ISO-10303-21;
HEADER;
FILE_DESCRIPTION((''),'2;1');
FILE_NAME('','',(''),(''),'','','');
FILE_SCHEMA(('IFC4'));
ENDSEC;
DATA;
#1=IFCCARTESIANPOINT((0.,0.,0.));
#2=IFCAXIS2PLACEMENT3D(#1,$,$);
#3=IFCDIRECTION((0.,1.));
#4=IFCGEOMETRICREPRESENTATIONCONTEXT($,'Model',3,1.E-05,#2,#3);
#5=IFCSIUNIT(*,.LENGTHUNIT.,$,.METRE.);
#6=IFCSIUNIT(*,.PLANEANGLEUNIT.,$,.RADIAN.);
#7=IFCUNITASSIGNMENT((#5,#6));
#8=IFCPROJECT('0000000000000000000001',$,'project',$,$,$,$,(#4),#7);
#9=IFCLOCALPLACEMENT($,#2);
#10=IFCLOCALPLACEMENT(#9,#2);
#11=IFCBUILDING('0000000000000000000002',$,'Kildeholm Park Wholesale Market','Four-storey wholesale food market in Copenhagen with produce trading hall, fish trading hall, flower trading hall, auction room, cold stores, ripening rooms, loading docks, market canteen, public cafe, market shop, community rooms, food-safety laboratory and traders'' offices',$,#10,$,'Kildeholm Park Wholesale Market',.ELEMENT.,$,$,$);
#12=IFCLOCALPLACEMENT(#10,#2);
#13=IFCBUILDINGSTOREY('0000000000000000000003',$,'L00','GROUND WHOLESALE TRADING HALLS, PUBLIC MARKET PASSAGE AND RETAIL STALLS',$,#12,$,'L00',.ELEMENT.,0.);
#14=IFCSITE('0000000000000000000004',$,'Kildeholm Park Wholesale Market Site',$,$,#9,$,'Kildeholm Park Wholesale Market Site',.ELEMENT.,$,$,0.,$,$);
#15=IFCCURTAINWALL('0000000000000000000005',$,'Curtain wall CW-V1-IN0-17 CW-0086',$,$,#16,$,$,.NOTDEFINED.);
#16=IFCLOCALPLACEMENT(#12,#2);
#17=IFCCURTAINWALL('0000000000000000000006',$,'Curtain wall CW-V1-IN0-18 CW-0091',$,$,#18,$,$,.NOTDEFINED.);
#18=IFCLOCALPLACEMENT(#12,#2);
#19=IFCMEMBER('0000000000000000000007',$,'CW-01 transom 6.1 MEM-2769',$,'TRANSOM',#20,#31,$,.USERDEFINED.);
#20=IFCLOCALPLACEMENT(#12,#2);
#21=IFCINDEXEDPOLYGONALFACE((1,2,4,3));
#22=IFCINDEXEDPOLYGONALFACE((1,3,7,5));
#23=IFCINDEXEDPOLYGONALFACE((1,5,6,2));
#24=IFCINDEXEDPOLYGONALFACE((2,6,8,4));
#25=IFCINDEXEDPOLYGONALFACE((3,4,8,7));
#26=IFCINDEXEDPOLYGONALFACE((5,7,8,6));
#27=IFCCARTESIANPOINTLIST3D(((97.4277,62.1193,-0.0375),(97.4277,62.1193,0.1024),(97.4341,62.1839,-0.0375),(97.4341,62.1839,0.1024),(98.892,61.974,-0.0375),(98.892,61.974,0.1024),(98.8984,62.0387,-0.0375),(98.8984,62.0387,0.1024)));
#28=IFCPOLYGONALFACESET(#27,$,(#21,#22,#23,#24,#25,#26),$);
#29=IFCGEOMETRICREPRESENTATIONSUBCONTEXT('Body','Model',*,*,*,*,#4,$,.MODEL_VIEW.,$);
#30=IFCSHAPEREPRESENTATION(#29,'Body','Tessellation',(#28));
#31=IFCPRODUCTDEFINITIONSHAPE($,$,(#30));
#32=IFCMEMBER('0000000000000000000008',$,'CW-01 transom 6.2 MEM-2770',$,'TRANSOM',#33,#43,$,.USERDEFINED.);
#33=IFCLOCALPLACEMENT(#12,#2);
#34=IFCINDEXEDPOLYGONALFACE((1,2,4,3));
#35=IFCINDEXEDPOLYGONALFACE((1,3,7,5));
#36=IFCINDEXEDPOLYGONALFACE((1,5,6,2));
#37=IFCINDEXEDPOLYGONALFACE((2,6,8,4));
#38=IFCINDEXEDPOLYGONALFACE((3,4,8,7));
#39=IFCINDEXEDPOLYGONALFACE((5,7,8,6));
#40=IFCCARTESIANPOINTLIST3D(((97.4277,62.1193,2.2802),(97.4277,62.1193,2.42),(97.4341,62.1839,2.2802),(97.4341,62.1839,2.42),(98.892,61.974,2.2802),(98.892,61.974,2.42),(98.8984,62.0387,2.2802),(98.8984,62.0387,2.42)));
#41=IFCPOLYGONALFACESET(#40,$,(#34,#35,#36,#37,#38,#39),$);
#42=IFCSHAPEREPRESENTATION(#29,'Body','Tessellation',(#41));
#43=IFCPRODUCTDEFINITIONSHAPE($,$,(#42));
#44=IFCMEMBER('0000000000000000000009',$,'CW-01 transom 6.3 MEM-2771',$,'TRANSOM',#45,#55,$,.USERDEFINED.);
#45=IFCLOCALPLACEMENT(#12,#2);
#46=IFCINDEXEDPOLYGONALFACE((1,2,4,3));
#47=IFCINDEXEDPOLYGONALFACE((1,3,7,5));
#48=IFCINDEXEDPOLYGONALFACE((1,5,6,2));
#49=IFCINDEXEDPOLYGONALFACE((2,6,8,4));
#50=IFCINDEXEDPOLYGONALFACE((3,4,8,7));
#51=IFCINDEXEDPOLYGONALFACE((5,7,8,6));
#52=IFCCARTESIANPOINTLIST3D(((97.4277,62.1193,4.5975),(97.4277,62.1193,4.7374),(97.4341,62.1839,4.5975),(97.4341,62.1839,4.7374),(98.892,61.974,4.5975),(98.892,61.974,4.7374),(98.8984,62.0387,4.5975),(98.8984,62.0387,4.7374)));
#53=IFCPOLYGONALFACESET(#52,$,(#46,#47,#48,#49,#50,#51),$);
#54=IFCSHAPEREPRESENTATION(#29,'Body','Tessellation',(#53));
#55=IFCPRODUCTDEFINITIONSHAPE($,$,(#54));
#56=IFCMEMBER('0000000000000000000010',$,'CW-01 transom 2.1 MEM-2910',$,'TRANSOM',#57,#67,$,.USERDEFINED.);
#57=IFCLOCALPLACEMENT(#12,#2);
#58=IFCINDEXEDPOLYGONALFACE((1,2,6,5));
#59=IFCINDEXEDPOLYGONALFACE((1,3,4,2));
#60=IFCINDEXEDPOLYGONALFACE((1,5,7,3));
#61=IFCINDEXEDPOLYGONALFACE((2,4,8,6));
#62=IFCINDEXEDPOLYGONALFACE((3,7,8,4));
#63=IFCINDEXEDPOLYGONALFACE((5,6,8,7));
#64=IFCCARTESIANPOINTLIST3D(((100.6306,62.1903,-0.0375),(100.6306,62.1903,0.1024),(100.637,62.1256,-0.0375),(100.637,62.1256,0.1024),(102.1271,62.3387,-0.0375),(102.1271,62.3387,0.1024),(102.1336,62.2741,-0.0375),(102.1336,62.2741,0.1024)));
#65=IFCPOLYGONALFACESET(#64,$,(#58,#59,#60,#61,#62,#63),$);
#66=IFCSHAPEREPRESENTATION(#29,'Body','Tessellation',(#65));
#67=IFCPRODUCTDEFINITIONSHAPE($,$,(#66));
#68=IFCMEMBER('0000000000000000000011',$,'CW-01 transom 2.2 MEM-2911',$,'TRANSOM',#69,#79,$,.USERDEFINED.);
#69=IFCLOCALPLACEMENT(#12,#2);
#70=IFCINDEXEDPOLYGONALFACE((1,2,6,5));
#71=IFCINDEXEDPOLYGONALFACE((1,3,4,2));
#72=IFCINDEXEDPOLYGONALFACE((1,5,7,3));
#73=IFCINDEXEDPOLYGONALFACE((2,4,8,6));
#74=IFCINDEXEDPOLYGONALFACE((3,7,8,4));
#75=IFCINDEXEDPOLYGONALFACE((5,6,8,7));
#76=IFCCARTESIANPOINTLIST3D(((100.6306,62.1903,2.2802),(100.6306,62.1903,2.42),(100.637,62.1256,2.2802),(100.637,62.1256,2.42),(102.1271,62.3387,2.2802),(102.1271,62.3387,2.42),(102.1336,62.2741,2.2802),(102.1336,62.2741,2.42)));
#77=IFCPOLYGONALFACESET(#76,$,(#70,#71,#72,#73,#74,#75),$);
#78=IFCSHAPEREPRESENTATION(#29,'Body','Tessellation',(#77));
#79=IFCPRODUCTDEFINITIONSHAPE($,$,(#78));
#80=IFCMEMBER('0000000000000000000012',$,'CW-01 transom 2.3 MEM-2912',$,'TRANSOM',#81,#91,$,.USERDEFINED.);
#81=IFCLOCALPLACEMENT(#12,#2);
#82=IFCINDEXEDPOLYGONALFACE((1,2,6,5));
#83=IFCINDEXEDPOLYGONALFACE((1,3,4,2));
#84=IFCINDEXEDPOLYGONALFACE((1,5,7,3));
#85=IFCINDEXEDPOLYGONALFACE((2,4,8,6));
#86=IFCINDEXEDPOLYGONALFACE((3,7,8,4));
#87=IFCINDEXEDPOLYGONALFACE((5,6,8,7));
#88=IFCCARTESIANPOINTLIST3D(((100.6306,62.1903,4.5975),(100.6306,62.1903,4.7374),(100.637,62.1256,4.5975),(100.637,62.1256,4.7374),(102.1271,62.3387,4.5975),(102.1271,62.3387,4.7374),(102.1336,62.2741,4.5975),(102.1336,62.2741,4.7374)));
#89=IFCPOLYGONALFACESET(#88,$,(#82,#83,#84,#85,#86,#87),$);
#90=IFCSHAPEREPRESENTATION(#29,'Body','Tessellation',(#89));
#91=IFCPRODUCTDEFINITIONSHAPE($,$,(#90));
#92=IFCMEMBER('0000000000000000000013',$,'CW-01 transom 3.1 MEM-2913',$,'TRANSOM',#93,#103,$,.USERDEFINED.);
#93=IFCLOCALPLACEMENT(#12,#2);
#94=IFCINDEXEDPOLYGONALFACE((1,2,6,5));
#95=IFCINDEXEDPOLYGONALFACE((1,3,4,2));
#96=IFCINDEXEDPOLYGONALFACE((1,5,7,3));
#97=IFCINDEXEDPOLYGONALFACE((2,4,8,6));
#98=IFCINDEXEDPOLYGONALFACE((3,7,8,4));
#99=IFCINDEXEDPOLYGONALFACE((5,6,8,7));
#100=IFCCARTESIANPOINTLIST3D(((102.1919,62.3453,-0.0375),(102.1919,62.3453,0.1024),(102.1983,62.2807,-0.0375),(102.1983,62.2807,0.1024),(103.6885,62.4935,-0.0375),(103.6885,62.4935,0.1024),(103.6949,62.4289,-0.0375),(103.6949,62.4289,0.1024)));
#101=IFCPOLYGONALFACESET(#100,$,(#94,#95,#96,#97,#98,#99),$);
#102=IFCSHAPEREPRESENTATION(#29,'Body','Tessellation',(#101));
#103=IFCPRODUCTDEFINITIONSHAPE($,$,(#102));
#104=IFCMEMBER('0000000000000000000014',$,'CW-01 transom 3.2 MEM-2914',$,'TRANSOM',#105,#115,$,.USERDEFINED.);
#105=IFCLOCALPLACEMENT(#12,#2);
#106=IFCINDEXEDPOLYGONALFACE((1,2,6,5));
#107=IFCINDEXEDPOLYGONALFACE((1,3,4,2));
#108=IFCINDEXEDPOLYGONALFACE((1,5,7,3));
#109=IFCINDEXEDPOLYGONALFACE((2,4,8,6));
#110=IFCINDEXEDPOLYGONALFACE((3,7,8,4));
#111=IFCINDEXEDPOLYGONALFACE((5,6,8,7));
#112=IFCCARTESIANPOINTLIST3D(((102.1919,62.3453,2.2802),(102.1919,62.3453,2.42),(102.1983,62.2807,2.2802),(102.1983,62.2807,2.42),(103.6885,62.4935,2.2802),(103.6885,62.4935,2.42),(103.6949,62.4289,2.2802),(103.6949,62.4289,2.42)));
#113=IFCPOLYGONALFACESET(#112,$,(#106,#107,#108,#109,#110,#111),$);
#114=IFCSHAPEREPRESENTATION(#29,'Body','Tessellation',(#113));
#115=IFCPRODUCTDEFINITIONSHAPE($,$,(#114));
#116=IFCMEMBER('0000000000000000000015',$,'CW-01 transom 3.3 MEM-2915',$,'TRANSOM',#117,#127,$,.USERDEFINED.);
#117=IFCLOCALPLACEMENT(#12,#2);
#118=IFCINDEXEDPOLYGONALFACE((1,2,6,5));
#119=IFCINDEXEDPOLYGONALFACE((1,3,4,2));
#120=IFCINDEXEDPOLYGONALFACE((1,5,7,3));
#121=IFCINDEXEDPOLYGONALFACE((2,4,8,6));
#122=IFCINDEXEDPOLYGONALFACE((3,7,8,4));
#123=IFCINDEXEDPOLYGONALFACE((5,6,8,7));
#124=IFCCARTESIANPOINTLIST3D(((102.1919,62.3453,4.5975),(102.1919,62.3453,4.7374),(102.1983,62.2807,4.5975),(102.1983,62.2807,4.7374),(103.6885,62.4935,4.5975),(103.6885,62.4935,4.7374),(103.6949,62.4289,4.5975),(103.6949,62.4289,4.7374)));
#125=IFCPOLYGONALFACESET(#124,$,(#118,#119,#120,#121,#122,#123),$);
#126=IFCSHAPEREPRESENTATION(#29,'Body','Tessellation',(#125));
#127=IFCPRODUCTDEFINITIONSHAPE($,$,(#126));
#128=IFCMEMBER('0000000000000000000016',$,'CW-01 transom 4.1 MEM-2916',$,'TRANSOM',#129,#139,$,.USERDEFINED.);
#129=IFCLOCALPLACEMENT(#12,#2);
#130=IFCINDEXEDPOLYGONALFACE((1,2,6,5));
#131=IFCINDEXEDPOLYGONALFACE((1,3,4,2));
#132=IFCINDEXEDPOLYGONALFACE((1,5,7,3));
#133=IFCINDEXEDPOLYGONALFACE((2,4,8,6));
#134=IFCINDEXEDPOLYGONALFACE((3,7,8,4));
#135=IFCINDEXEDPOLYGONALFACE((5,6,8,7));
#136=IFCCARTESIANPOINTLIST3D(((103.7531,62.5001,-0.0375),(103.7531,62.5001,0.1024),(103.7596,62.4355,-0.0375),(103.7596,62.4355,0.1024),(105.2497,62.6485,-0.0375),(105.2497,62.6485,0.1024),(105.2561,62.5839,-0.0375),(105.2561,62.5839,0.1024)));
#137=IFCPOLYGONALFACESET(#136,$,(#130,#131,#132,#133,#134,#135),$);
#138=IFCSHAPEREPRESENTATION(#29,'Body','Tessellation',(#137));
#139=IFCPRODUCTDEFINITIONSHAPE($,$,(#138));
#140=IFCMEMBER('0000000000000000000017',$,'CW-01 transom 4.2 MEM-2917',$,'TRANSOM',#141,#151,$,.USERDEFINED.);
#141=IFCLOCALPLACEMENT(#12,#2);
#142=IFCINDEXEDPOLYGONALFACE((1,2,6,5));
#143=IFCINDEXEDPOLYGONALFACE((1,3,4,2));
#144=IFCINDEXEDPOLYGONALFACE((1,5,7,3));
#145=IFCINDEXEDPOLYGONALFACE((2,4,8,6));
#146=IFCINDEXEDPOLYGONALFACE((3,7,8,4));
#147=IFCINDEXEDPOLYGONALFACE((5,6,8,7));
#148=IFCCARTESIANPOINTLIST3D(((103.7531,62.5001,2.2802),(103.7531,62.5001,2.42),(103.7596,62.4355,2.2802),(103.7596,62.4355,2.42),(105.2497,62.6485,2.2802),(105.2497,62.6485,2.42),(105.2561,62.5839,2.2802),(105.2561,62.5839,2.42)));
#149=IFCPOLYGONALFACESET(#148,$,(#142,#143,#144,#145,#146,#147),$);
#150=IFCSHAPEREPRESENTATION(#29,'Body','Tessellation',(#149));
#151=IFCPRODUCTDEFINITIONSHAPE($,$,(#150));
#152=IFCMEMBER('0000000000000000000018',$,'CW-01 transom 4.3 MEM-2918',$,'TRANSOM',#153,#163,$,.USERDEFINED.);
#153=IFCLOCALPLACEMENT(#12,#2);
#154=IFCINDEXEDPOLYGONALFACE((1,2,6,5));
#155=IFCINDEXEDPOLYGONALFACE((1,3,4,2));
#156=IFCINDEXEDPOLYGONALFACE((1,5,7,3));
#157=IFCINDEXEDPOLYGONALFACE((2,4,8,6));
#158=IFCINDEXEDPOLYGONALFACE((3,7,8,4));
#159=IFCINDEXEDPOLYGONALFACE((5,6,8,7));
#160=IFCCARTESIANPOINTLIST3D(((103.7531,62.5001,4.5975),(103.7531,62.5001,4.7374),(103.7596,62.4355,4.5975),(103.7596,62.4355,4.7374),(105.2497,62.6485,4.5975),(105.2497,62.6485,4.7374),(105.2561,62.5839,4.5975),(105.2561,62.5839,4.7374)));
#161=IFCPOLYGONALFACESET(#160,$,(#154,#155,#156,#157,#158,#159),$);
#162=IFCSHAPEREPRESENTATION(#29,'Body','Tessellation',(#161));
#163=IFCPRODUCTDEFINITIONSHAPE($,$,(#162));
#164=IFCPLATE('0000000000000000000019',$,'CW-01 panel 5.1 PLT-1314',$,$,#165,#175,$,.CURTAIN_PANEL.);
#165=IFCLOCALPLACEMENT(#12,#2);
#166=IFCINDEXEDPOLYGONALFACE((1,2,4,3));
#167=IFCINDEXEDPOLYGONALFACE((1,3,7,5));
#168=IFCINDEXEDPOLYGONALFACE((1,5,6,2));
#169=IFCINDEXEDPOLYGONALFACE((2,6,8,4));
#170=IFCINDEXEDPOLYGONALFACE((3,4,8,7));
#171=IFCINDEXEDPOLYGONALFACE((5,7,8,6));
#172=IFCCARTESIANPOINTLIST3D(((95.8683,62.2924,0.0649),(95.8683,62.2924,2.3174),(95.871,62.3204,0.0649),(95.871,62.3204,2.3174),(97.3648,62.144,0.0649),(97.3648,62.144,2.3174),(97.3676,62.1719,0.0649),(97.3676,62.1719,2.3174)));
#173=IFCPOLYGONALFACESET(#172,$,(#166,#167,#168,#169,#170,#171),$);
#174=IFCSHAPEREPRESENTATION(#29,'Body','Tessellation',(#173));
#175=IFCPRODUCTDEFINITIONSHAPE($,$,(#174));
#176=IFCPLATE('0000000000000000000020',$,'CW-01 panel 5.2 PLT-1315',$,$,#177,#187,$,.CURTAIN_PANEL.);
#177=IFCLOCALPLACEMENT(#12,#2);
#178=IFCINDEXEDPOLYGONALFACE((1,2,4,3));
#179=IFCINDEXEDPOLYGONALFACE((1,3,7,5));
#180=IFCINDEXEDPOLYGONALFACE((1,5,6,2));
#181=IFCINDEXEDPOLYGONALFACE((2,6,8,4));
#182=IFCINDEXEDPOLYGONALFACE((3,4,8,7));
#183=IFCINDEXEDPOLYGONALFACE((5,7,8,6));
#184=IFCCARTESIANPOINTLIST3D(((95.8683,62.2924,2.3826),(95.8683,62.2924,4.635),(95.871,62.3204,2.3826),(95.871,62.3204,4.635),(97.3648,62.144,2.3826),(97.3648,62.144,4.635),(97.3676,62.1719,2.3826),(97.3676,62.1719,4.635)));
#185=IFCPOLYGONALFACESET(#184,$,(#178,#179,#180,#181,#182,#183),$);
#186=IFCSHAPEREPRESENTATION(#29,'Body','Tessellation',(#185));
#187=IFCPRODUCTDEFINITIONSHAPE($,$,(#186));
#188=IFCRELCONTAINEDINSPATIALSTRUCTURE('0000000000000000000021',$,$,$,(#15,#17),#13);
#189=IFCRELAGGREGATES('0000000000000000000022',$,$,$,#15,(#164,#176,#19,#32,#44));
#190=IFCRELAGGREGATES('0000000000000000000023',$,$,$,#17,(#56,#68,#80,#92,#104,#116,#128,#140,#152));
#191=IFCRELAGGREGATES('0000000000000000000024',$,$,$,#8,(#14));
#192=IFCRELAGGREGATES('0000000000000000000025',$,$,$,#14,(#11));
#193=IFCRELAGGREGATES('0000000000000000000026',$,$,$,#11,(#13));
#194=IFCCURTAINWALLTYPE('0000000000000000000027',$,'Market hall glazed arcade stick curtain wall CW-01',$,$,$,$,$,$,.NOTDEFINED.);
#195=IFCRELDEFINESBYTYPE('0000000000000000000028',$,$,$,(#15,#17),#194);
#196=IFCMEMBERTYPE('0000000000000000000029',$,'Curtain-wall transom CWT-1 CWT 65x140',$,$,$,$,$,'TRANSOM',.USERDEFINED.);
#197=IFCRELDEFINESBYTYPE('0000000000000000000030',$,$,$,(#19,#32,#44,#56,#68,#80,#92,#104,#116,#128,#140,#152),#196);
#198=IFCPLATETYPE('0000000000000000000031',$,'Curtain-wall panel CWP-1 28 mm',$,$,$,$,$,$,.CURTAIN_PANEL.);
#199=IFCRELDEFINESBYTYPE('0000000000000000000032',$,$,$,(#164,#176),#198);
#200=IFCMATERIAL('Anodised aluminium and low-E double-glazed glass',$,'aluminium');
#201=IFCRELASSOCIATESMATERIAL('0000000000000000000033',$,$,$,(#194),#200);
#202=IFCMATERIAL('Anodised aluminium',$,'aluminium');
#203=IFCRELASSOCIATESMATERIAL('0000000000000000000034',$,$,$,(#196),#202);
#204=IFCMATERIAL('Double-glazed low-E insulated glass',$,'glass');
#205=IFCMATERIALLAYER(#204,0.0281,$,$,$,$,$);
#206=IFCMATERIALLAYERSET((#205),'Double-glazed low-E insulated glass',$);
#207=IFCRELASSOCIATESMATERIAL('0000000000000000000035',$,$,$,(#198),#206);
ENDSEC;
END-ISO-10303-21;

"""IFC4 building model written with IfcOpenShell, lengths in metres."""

from ifc_helpers import new_model, si_unit, direction, frame, origin, origin_2d, place, context, subcontext, project, spatial, rectangle, extrude, material, layer, layer_set, material_profile, profile_set, type_object, element, aggregate, save


model = new_model("IFC4")

# Units and contexts
model_context = context("Model", 3, precision=1e-05, world=origin(), true_north=direction((0.0, 1.0)))
body_context = subcontext(model_context, "Body", "Model", "MODEL_VIEW")
ifc_project = project(units=[si_unit("LENGTHUNIT", "METRE"), si_unit("PLANEANGLEUNIT", "RADIAN")], contexts=[model_context])

# Site, building, storey
site_placement = place(None, origin())
site = spatial("IfcSite", under=ifc_project, at=site_placement, Name="Kildeholm Park Wholesale Market Site", LongName="Kildeholm Park Wholesale Market Site", CompositionType="ELEMENT", RefElevation=0.0)
building_placement = place(site_placement, origin())
building = spatial("IfcBuilding", under=site, at=building_placement, Name="Kildeholm Park Wholesale Market", Description="Four-storey wholesale food market in Copenhagen with produce trading hall, fish trading hall, flower trading hall, auction room, cold stores, ripening rooms, loading docks, market canteen, public cafe, market shop, community rooms, food-safety laboratory and traders' offices", LongName="Kildeholm Park Wholesale Market", CompositionType="ELEMENT")
storey_placement = place(building_placement, origin())
storey = spatial("IfcBuildingStorey", under=building, at=storey_placement, Name="L00", Description="GROUND WHOLESALE TRADING HALLS, PUBLIC MARKET PASSAGE AND RETAIL STALLS", LongName="L00", CompositionType="ELEMENT", Elevation=0.0)

# Curtain walls
ifc_material_1 = material(Name="Anodised aluminium and low-E double-glazed glass", Category="aluminium")
curtain_wall_type = type_object("IfcCurtainWallType", Name="Market hall glazed arcade stick curtain wall CW-01", PredefinedType="NOTDEFINED", material=ifc_material_1)
curtain_wall_1_placement = place(storey_placement, origin())
curtain_wall_1 = element("IfcCurtainWall", 1, at=curtain_wall_1_placement, inside=storey, type_object=curtain_wall_type, Name="Curtain wall CW-V1-IN0-17 CW-0086", PredefinedType="NOTDEFINED")
ifc_material_2 = material(Name="Anodised aluminium", Category="aluminium")
curtain_wall_2_placement = place(storey_placement, origin())
curtain_wall_2 = element("IfcCurtainWall", 2, at=curtain_wall_2_placement, inside=storey, type_object=curtain_wall_type, Name="Curtain wall CW-V1-IN0-18 CW-0091", PredefinedType="NOTDEFINED")

# Members
ifc_material_profile_1 = material_profile(ifc_material_2, rectangle(XDim=0.0649, YDim=0.1399, at=origin_2d()), Name="CWT 65x140")
ifc_profile_set_1 = profile_set([ifc_material_profile_1], Name="Anodised aluminium")
member_type_1 = type_object("IfcMemberType", Name="Curtain-wall transom CWT-1 CWT 65x140", ElementType="TRANSOM", PredefinedType="USERDEFINED", material=ifc_profile_set_1)
member_1_placement = place(storey_placement, frame((97.4309, 62.1516, 0.0325), z_axis=(0.995116, -0.098715, 0.0), x_axis=(0.098715, 0.995116, 0.0)))
member_1 = element("IfcMember", 3, at=member_1_placement, type_object=member_type_1, Name="CW-01 transom 6.1 MEM-2769", ObjectType="TRANSOM", PredefinedType="USERDEFINED", context=body_context, shape_type="SweptSolid", body=[
    extrude(rectangle(XDim=0.0649, YDim=0.1399, at=origin_2d()), origin(), (0.0, 0.0, 1.0), 1.4714),
])
member_2_placement = place(storey_placement, frame((97.4309, 62.1516, 2.3501), z_axis=(0.995116, -0.098715, 0.0), x_axis=(0.098715, 0.995116, 0.0)))
member_2 = element("IfcMember", 4, at=member_2_placement, type_object=member_type_1, Name="CW-01 transom 6.2 MEM-2770", ObjectType="TRANSOM", PredefinedType="USERDEFINED", context=body_context, shape_type="SweptSolid", body=[
    extrude(rectangle(XDim=0.0649, YDim=0.1399, at=origin_2d()), origin(), (0.0, 0.0, 1.0), 1.4714),
])
member_3_placement = place(storey_placement, frame((97.4309, 62.1516, 4.6675), z_axis=(0.995116, -0.098715, 0.0), x_axis=(0.098715, 0.995116, 0.0)))
member_3 = element("IfcMember", 5, at=member_3_placement, type_object=member_type_1, Name="CW-01 transom 6.3 MEM-2771", ObjectType="TRANSOM", PredefinedType="USERDEFINED", context=body_context, shape_type="SweptSolid", body=[
    extrude(rectangle(XDim=0.0649, YDim=0.1399, at=origin_2d()), origin(), (0.0, 0.0, 1.0), 1.4714),
])
member_4_placement = place(storey_placement, frame((100.6338, 62.158, 0.0325), z_axis=(0.995117, 0.0987, 0.0), x_axis=(-0.0987, 0.995117, 0.0)))
member_4 = element("IfcMember", 6, at=member_4_placement, type_object=member_type_1, Name="CW-01 transom 2.1 MEM-2910", ObjectType="TRANSOM", PredefinedType="USERDEFINED", context=body_context, shape_type="SweptSolid", body=[
    extrude(rectangle(XDim=0.0649, YDim=0.1399, at=origin_2d()), origin(), (0.0, 0.0, 1.0), 1.5039),
])
member_5_placement = place(storey_placement, frame((100.6338, 62.158, 2.3501), z_axis=(0.995117, 0.0987, 0.0), x_axis=(-0.0987, 0.995117, 0.0)))
member_5 = element("IfcMember", 7, at=member_5_placement, type_object=member_type_1, Name="CW-01 transom 2.2 MEM-2911", ObjectType="TRANSOM", PredefinedType="USERDEFINED", context=body_context, shape_type="SweptSolid", body=[
    extrude(rectangle(XDim=0.0649, YDim=0.1399, at=origin_2d()), origin(), (0.0, 0.0, 1.0), 1.5039),
])
member_6_placement = place(storey_placement, frame((100.6338, 62.158, 4.6675), z_axis=(0.995117, 0.0987, 0.0), x_axis=(-0.0987, 0.995117, 0.0)))
member_6 = element("IfcMember", 8, at=member_6_placement, type_object=member_type_1, Name="CW-01 transom 2.3 MEM-2912", ObjectType="TRANSOM", PredefinedType="USERDEFINED", context=body_context, shape_type="SweptSolid", body=[
    extrude(rectangle(XDim=0.0649, YDim=0.1399, at=origin_2d()), origin(), (0.0, 0.0, 1.0), 1.5039),
])
member_7_placement = place(storey_placement, frame((102.1951, 62.313, 0.0325), z_axis=(0.995133, 0.098539, 0.0), x_axis=(-0.098539, 0.995133, 0.0)))
member_7 = element("IfcMember", 9, at=member_7_placement, type_object=member_type_1, Name="CW-01 transom 3.1 MEM-2913", ObjectType="TRANSOM", PredefinedType="USERDEFINED", context=body_context, shape_type="SweptSolid", body=[
    extrude(rectangle(XDim=0.0649, YDim=0.1399, at=origin_2d()), origin(), (0.0, 0.0, 1.0), 1.5039),
])
member_8_placement = place(storey_placement, frame((102.1951, 62.313, 2.3501), z_axis=(0.995133, 0.098539, 0.0), x_axis=(-0.098539, 0.995133, 0.0)))
member_8 = element("IfcMember", 10, at=member_8_placement, type_object=member_type_1, Name="CW-01 transom 3.2 MEM-2914", ObjectType="TRANSOM", PredefinedType="USERDEFINED", context=body_context, shape_type="SweptSolid", body=[
    extrude(rectangle(XDim=0.0649, YDim=0.1399, at=origin_2d()), origin(), (0.0, 0.0, 1.0), 1.5039),
])
member_9_placement = place(storey_placement, frame((102.1951, 62.313, 4.6675), z_axis=(0.995133, 0.098539, 0.0), x_axis=(-0.098539, 0.995133, 0.0)))
member_9 = element("IfcMember", 11, at=member_9_placement, type_object=member_type_1, Name="CW-01 transom 3.3 MEM-2915", ObjectType="TRANSOM", PredefinedType="USERDEFINED", context=body_context, shape_type="SweptSolid", body=[
    extrude(rectangle(XDim=0.0649, YDim=0.1399, at=origin_2d()), origin(), (0.0, 0.0, 1.0), 1.5039),
])
member_10_placement = place(storey_placement, frame((103.7563, 62.4678, 0.0325), z_axis=(0.995117, 0.0987, 0.0), x_axis=(-0.0987, 0.995117, 0.0)))
member_10 = element("IfcMember", 12, at=member_10_placement, type_object=member_type_1, Name="CW-01 transom 4.1 MEM-2916", ObjectType="TRANSOM", PredefinedType="USERDEFINED", context=body_context, shape_type="SweptSolid", body=[
    extrude(rectangle(XDim=0.0649, YDim=0.1399, at=origin_2d()), origin(), (0.0, 0.0, 1.0), 1.5039),
])
member_11_placement = place(storey_placement, frame((103.7563, 62.4678, 2.3501), z_axis=(0.995117, 0.0987, 0.0), x_axis=(-0.0987, 0.995117, 0.0)))
member_11 = element("IfcMember", 13, at=member_11_placement, type_object=member_type_1, Name="CW-01 transom 4.2 MEM-2917", ObjectType="TRANSOM", PredefinedType="USERDEFINED", context=body_context, shape_type="SweptSolid", body=[
    extrude(rectangle(XDim=0.0649, YDim=0.1399, at=origin_2d()), origin(), (0.0, 0.0, 1.0), 1.5039),
])
member_12_placement = place(storey_placement, frame((103.7563, 62.4678, 4.6675), z_axis=(0.995117, 0.0987, 0.0), x_axis=(-0.0987, 0.995117, 0.0)))
member_12 = element("IfcMember", 14, at=member_12_placement, type_object=member_type_1, Name="CW-01 transom 4.3 MEM-2918", ObjectType="TRANSOM", PredefinedType="USERDEFINED", context=body_context, shape_type="SweptSolid", body=[
    extrude(rectangle(XDim=0.0649, YDim=0.1399, at=origin_2d()), origin(), (0.0, 0.0, 1.0), 1.5039),
])

# Plates
ifc_material_3 = material(Name="Double-glazed low-E insulated glass", Category="glass")
ifc_layer = layer(ifc_material_3, 0.0281)
ifc_layer_set = layer_set([ifc_layer], Name="Double-glazed low-E insulated glass")
plate_type = type_object("IfcPlateType", Name="Curtain-wall panel CWP-1 28 mm", PredefinedType="CURTAIN_PANEL", material=ifc_layer_set)
plate_1_placement = place(storey_placement, frame((96.6179, 62.2322, 0.0649), z_axis=(0.0, 0.0, 1.0), x_axis=(0.995119, -0.098683, 0.0)))
plate_1 = element("IfcPlate", 15, at=plate_1_placement, type_object=plate_type, Name="CW-01 panel 5.1 PLT-1314", PredefinedType="CURTAIN_PANEL", context=body_context, shape_type="SweptSolid", body=[
    extrude(rectangle(XDim=1.5039, YDim=0.0281, at=origin_2d()), origin(), (0.0, 0.0, 1.0), 2.2524),
])
plate_2_placement = place(storey_placement, frame((96.6179, 62.2322, 2.3826), z_axis=(0.0, 0.0, 1.0), x_axis=(0.995119, -0.098683, 0.0)))
plate_2 = element("IfcPlate", 16, at=plate_2_placement, type_object=plate_type, Name="CW-01 panel 5.2 PLT-1315", PredefinedType="CURTAIN_PANEL", context=body_context, shape_type="SweptSolid", body=[
    extrude(rectangle(XDim=1.5039, YDim=0.0281, at=origin_2d()), origin(), (0.0, 0.0, 1.0), 2.2524),
])
aggregate(curtain_wall_1, [plate_1, plate_2, member_1, member_2, member_3])
aggregate(curtain_wall_2, [member_4, member_5, member_6, member_7, member_8, member_9, member_10, member_11, member_12])

save(model, "model.ifc")
